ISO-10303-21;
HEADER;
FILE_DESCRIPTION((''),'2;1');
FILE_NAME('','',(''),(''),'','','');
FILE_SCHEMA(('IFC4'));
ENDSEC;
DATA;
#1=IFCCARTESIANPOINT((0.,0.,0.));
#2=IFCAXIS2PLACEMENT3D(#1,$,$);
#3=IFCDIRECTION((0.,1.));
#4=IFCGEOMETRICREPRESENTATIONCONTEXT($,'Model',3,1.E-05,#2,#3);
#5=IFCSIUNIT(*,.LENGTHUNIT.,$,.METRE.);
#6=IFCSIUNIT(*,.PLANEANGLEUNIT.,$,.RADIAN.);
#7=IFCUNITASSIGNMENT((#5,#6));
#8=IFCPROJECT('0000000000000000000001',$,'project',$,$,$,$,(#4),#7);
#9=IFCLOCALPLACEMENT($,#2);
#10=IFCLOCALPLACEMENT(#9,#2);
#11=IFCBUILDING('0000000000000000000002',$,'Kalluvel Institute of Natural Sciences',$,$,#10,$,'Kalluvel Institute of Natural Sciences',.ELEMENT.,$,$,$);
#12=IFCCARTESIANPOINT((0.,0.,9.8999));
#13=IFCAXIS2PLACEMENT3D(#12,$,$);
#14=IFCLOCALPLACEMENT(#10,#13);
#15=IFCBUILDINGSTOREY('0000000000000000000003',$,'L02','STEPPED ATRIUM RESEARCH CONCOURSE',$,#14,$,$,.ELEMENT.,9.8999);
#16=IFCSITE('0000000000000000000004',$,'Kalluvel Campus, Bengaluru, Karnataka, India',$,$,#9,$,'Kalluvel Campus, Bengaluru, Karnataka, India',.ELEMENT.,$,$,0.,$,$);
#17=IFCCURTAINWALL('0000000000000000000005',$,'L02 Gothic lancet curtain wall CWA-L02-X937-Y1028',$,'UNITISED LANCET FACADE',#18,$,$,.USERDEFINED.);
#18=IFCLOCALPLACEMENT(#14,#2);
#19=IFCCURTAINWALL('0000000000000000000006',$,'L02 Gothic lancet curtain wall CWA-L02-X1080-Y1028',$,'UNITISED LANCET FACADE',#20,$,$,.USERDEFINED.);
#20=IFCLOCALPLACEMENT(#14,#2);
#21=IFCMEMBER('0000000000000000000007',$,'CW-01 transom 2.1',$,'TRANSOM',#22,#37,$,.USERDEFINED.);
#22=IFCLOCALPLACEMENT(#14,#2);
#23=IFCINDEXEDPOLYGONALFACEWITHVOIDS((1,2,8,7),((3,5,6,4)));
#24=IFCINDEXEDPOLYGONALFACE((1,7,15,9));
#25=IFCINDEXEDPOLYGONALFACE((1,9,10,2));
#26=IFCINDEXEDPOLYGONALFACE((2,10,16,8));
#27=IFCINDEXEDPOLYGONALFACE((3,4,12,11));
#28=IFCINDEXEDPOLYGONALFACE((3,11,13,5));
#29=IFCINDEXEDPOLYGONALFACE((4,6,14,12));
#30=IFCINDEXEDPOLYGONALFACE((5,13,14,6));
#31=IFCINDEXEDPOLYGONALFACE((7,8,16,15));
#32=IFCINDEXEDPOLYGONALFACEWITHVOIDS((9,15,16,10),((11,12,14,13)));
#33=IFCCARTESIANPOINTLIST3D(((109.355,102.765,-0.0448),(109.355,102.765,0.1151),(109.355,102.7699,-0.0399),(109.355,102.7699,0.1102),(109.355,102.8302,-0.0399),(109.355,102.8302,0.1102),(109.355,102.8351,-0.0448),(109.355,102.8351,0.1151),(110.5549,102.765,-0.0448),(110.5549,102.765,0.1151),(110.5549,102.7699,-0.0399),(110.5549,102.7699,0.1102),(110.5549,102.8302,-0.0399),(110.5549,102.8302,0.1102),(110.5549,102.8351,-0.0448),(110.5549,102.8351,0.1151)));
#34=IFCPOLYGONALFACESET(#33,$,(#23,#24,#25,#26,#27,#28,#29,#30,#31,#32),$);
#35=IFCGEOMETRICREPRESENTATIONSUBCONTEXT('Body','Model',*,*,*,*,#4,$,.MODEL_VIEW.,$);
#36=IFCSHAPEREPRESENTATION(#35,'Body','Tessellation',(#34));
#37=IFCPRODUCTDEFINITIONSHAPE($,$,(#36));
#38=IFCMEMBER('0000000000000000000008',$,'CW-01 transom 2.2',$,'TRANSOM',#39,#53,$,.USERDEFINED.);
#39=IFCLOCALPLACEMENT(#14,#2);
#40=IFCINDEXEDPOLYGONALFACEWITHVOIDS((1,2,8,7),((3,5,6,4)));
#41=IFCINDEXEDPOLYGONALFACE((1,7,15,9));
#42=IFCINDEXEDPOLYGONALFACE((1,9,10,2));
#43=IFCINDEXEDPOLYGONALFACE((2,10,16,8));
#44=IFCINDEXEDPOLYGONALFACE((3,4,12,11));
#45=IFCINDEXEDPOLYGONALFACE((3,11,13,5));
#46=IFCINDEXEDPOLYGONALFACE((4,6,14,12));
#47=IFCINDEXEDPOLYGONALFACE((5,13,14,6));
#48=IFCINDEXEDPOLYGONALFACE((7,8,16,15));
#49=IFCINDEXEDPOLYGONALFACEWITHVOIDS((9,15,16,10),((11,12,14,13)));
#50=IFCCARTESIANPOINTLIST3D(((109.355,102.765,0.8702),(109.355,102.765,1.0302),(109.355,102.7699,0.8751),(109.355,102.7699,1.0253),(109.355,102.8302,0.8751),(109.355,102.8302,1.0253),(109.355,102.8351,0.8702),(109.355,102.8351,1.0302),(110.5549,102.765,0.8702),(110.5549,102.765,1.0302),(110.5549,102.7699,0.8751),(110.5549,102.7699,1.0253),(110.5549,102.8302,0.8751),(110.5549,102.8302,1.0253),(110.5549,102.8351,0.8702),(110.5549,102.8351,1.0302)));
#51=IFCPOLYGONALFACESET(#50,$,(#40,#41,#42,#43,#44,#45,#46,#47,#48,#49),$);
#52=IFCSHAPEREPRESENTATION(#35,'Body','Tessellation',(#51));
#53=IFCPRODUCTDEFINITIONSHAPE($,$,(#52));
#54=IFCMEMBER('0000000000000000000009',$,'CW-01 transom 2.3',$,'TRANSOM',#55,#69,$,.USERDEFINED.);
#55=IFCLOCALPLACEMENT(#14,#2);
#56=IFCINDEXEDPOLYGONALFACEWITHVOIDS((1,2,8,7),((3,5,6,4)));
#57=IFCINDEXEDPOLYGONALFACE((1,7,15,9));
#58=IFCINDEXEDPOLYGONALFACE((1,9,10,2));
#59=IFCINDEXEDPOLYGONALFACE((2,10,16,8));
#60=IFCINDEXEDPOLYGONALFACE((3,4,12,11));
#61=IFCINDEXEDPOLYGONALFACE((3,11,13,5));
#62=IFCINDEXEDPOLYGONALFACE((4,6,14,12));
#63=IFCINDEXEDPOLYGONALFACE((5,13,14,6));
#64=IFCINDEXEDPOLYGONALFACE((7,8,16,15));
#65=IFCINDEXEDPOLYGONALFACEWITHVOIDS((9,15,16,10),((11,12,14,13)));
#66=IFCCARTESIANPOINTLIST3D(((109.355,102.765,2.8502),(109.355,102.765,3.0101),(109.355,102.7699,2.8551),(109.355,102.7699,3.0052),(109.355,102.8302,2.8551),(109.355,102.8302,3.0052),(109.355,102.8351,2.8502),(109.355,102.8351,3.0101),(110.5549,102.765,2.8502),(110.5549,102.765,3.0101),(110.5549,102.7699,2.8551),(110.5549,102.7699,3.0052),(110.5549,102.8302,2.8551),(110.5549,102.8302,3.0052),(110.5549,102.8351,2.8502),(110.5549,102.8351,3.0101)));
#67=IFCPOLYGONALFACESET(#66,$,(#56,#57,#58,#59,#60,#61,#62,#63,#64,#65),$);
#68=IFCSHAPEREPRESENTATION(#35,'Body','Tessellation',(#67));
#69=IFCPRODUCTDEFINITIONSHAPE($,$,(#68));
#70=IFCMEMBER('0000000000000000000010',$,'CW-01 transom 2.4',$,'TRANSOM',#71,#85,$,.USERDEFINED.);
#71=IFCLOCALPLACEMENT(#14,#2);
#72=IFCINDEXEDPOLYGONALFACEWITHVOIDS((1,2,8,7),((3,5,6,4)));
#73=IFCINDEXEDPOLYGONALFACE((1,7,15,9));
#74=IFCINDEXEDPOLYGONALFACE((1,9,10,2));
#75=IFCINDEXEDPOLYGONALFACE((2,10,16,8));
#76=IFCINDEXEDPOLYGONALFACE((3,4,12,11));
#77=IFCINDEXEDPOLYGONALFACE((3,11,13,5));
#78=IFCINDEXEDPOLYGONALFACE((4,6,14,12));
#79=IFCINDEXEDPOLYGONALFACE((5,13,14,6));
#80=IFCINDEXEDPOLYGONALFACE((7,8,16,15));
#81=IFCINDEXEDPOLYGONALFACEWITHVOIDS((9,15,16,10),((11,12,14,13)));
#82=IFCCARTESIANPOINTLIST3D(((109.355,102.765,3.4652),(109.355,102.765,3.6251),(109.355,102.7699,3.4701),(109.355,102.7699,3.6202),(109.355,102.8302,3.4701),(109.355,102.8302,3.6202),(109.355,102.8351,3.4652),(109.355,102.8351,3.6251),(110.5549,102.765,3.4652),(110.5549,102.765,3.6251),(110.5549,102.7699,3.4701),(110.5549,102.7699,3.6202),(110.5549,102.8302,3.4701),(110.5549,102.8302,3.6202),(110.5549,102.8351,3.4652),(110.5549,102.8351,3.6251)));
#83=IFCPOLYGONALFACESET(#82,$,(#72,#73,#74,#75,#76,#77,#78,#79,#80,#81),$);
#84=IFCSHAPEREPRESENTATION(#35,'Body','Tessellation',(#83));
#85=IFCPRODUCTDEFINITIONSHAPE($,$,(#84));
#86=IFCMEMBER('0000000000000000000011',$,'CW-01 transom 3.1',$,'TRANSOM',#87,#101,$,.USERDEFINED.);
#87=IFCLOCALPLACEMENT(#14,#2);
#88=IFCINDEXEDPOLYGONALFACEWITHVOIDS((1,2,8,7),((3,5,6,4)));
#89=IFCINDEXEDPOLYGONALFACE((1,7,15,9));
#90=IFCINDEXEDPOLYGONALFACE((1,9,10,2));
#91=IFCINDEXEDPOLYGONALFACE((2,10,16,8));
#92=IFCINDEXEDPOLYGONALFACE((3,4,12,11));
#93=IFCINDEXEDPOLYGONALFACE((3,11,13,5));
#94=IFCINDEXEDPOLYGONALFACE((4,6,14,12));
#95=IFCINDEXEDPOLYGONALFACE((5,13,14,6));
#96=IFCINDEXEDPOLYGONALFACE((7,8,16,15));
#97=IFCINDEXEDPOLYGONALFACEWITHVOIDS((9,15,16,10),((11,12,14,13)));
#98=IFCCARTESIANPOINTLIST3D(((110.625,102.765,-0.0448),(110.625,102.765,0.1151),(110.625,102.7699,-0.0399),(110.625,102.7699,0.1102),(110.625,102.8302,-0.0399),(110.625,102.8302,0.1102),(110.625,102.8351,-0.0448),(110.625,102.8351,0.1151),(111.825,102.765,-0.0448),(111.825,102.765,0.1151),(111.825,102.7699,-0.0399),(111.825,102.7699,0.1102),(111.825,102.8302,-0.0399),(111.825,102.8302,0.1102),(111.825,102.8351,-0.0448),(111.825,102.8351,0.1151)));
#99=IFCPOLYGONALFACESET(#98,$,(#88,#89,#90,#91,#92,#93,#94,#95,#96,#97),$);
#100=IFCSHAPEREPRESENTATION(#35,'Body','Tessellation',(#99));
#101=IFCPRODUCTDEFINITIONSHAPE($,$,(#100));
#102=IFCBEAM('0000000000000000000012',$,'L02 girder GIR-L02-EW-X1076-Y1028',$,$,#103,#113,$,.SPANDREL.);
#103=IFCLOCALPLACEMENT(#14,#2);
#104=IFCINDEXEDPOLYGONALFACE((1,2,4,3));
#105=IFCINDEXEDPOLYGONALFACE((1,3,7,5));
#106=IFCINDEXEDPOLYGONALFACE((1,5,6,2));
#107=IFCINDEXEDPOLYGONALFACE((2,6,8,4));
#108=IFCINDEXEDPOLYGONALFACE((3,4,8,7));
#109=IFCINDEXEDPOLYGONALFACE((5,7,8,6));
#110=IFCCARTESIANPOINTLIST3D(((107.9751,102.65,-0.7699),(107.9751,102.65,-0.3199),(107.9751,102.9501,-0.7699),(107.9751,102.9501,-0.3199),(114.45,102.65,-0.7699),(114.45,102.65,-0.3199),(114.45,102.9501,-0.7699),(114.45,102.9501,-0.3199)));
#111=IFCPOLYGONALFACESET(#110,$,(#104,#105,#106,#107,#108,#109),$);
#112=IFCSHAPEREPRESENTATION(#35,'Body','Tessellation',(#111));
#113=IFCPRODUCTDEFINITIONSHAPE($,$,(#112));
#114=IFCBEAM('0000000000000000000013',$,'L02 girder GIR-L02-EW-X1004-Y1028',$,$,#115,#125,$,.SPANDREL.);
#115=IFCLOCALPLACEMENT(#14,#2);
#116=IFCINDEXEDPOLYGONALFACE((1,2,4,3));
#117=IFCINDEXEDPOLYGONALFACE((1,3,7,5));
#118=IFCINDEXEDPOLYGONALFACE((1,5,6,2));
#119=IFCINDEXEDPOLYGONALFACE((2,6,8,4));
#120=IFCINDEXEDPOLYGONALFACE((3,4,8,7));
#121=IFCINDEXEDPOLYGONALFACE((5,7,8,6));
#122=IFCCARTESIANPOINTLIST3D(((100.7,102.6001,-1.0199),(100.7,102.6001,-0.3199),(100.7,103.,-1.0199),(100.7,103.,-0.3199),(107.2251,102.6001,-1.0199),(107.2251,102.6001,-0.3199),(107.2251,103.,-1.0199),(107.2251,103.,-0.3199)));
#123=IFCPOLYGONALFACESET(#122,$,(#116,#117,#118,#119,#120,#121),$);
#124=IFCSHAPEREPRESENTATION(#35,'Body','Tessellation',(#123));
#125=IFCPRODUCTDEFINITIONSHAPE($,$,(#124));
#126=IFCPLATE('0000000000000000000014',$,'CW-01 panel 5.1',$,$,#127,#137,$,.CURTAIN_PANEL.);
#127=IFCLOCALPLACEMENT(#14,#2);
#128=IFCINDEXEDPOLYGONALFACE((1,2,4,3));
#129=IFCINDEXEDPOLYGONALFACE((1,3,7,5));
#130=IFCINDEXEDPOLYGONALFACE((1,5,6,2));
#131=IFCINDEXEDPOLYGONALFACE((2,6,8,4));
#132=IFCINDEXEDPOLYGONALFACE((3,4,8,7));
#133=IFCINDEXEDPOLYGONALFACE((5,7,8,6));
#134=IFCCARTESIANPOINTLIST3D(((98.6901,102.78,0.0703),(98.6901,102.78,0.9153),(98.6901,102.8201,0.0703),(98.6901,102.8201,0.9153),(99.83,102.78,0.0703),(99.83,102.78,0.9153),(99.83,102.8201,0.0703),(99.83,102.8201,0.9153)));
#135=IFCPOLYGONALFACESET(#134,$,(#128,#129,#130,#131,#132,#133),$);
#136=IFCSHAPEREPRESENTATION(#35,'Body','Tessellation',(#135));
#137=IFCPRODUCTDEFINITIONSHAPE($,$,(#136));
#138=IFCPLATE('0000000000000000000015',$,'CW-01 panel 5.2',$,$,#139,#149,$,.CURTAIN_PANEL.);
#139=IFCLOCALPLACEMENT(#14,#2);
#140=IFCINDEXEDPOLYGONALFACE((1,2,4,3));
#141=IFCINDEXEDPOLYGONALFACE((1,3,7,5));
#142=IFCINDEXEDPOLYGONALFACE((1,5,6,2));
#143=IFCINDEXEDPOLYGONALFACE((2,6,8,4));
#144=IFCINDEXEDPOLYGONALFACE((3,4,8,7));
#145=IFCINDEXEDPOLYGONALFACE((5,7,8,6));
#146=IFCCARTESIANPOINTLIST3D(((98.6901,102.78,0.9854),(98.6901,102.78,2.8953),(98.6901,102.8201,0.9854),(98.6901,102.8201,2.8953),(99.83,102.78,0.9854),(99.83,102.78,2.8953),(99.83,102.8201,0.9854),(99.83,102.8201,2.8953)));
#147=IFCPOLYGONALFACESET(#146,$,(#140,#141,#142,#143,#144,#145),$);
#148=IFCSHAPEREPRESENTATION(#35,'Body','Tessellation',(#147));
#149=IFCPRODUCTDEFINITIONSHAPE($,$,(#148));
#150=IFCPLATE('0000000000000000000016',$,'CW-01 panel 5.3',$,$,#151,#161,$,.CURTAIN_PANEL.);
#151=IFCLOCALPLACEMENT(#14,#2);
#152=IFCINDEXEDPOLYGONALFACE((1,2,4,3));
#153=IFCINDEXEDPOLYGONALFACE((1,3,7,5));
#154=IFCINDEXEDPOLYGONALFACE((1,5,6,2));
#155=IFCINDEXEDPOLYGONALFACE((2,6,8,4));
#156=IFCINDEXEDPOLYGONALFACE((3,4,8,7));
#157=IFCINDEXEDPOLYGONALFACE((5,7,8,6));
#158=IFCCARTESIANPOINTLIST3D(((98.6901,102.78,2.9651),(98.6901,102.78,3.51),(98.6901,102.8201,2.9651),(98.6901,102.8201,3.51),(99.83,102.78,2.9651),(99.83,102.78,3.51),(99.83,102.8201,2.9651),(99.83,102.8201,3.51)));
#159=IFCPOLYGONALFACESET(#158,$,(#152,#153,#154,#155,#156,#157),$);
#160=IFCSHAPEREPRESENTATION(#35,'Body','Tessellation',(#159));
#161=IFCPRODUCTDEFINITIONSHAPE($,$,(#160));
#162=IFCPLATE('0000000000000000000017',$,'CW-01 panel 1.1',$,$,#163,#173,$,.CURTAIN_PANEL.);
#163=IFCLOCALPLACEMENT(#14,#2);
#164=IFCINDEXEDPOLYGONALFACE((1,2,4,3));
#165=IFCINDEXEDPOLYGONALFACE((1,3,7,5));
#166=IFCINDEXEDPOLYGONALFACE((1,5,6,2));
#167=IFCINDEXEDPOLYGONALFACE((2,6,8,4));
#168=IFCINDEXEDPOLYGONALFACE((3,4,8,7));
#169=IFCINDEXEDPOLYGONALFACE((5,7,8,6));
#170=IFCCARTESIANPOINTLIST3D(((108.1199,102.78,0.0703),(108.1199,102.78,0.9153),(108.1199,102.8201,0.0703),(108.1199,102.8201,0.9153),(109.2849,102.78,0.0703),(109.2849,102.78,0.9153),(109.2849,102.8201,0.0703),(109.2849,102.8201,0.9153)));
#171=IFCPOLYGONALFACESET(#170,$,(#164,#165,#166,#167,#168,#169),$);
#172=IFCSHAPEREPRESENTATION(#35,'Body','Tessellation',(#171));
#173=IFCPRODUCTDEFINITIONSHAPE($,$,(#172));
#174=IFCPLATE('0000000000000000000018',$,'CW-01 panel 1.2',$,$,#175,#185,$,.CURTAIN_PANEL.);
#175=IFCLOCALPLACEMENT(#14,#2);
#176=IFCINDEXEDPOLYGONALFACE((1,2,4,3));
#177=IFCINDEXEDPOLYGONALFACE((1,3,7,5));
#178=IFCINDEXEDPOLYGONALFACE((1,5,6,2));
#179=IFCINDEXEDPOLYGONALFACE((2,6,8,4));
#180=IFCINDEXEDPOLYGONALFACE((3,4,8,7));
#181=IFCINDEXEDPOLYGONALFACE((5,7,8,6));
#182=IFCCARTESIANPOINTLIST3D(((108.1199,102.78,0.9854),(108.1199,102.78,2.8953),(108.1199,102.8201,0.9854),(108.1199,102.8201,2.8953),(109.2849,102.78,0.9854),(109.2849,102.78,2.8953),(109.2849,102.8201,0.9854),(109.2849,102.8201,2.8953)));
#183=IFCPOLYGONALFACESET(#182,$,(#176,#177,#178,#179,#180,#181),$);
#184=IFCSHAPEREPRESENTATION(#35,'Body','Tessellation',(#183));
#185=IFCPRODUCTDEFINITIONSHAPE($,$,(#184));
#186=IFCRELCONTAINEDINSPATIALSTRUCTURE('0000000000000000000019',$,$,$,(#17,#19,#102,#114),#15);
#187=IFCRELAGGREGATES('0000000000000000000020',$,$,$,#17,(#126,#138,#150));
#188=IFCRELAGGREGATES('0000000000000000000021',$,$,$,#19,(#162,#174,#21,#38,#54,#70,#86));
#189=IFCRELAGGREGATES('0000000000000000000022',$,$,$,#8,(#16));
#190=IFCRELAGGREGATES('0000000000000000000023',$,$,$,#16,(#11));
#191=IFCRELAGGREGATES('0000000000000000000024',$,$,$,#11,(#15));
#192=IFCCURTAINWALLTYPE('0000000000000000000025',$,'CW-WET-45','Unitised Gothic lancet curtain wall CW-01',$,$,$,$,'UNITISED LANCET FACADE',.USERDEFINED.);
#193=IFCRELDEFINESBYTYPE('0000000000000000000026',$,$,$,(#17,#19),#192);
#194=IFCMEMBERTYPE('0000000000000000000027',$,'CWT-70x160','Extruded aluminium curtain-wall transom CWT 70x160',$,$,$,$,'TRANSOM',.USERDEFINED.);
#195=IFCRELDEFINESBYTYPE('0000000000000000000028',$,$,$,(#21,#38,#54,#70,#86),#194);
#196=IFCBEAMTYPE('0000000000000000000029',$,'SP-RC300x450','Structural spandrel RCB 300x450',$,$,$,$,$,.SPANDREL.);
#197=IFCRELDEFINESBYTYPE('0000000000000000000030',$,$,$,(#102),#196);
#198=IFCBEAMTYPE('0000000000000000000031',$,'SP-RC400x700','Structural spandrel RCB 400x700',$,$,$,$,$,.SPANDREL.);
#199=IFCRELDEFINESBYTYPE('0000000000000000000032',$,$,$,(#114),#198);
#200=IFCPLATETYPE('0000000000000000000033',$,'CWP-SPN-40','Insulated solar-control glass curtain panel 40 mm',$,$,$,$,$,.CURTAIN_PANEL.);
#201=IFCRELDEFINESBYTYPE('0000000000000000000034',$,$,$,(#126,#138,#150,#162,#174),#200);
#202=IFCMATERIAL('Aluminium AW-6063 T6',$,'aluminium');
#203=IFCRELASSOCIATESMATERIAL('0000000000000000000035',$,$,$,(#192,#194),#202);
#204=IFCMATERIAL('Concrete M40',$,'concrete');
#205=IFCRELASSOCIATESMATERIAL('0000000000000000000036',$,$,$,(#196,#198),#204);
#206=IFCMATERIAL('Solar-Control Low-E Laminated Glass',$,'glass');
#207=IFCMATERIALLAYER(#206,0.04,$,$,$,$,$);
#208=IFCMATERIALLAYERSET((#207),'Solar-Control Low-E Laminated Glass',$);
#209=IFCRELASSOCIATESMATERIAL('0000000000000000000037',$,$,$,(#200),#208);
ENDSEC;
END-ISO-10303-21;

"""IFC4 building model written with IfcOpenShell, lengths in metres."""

from ifc_helpers import new_model, si_unit, direction, frame, origin, origin_2d, place, context, subcontext, project, spatial, rectangle, hollow_rectangle, extrude, material, layer, layer_set, material_profile, profile_set, type_object, element, aggregate, save


model = new_model("IFC4")

# Units and contexts
model_context = context("Model", 3, precision=1e-05, world=origin(), true_north=direction((0.0, 1.0)))
body_context = subcontext(model_context, "Body", "Model", "MODEL_VIEW")
ifc_project = project(units=[si_unit("LENGTHUNIT", "METRE"), si_unit("PLANEANGLEUNIT", "RADIAN")], contexts=[model_context])

# Site, building, storey
site_placement = place(None, origin())
site = spatial("IfcSite", under=ifc_project, at=site_placement, Name="Kalluvel Campus, Bengaluru, Karnataka, India", LongName="Kalluvel Campus, Bengaluru, Karnataka, India", CompositionType="ELEMENT", RefElevation=0.0)
building_placement = place(site_placement, origin())
building = spatial("IfcBuilding", under=site, at=building_placement, Name="Kalluvel Institute of Natural Sciences", LongName="Kalluvel Institute of Natural Sciences", CompositionType="ELEMENT")
storey_placement = place(building_placement, frame((0.0, 0.0, 9.8999)))
storey = spatial("IfcBuildingStorey", under=building, at=storey_placement, Name="L02", Description="STEPPED ATRIUM RESEARCH CONCOURSE", CompositionType="ELEMENT", Elevation=9.8999)

# Curtain wall
ifc_material_1 = material(Name="Aluminium AW-6063 T6", Category="aluminium")
curtain_wall_type = type_object("IfcCurtainWallType", Name="CW-WET-45", Description="Unitised Gothic lancet curtain wall CW-01", ElementType="UNITISED LANCET FACADE", PredefinedType="USERDEFINED", material=ifc_material_1)
curtain_wall_1_placement = place(storey_placement, origin())
curtain_wall_1 = element("IfcCurtainWall", 1, at=curtain_wall_1_placement, inside=storey, type_object=curtain_wall_type, Name="L02 Gothic lancet curtain wall CWA-L02-X937-Y1028", ObjectType="UNITISED LANCET FACADE", PredefinedType="USERDEFINED")

# Curtain wall
curtain_wall_2_placement = place(storey_placement, origin())
curtain_wall_2 = element("IfcCurtainWall", 2, at=curtain_wall_2_placement, inside=storey, type_object=curtain_wall_type, Name="L02 Gothic lancet curtain wall CWA-L02-X1080-Y1028", ObjectType="UNITISED LANCET FACADE", PredefinedType="USERDEFINED")

# Members
ifc_material_profile_1 = material_profile(ifc_material_1, hollow_rectangle(XDim=0.0701, YDim=0.1599, WallThickness=0.0049, at=origin_2d()), Name="CWT 70x160")
ifc_profile_set_1 = profile_set([ifc_material_profile_1], Name="Aluminium AW-6063 T6")
member_type_1 = type_object("IfcMemberType", Name="CWT-70x160", Description="Extruded aluminium curtain-wall transom CWT 70x160", ElementType="TRANSOM", PredefinedType="USERDEFINED", material=ifc_profile_set_1)
member_1_placement = place(storey_placement, frame((109.355, 102.8, 0.0352), z_axis=(1.0, 0.0, 0.0), x_axis=(0.0, 1.0, 0.0)))
member_1 = element("IfcMember", 3, at=member_1_placement, type_object=member_type_1, Name="CW-01 transom 2.1", ObjectType="TRANSOM", PredefinedType="USERDEFINED", context=body_context, shape_type="SweptSolid", body=[
    extrude(hollow_rectangle(XDim=0.0701, YDim=0.1599, WallThickness=0.0049, at=origin_2d()), origin(), (0.0, 0.0, 1.0), 1.2),
])
member_2_placement = place(storey_placement, frame((109.355, 102.8, 0.9502), z_axis=(1.0, 0.0, 0.0), x_axis=(0.0, 1.0, 0.0)))
member_2 = element("IfcMember", 4, at=member_2_placement, type_object=member_type_1, Name="CW-01 transom 2.2", ObjectType="TRANSOM", PredefinedType="USERDEFINED", context=body_context, shape_type="SweptSolid", body=[
    extrude(hollow_rectangle(XDim=0.0701, YDim=0.1599, WallThickness=0.0049, at=origin_2d()), origin(), (0.0, 0.0, 1.0), 1.2),
])
member_3_placement = place(storey_placement, frame((109.355, 102.8, 2.9302), z_axis=(1.0, 0.0, 0.0), x_axis=(0.0, 1.0, 0.0)))
member_3 = element("IfcMember", 5, at=member_3_placement, type_object=member_type_1, Name="CW-01 transom 2.3", ObjectType="TRANSOM", PredefinedType="USERDEFINED", context=body_context, shape_type="SweptSolid", body=[
    extrude(hollow_rectangle(XDim=0.0701, YDim=0.1599, WallThickness=0.0049, at=origin_2d()), origin(), (0.0, 0.0, 1.0), 1.2),
])
member_4_placement = place(storey_placement, frame((109.355, 102.8, 3.5452), z_axis=(1.0, 0.0, 0.0), x_axis=(0.0, 1.0, 0.0)))
member_4 = element("IfcMember", 6, at=member_4_placement, type_object=member_type_1, Name="CW-01 transom 2.4", ObjectType="TRANSOM", PredefinedType="USERDEFINED", context=body_context, shape_type="SweptSolid", body=[
    extrude(hollow_rectangle(XDim=0.0701, YDim=0.1599, WallThickness=0.0049, at=origin_2d()), origin(), (0.0, 0.0, 1.0), 1.2),
])
member_5_placement = place(storey_placement, frame((110.625, 102.8, 0.0352), z_axis=(1.0, 0.0, 0.0), x_axis=(0.0, 1.0, 0.0)))
member_5 = element("IfcMember", 7, at=member_5_placement, type_object=member_type_1, Name="CW-01 transom 3.1", ObjectType="TRANSOM", PredefinedType="USERDEFINED", context=body_context, shape_type="SweptSolid", body=[
    extrude(hollow_rectangle(XDim=0.0701, YDim=0.1599, WallThickness=0.0049, at=origin_2d()), origin(), (0.0, 0.0, 1.0), 1.2),
])

# Beams
ifc_material_2 = material(Name="Concrete M40", Category="concrete")
ifc_material_profile_2 = material_profile(ifc_material_2, rectangle(XDim=0.3, YDim=0.45, at=origin_2d()), Name="RCB 300x450")
ifc_profile_set_2 = profile_set([ifc_material_profile_2], Name="Concrete M40")
beam_type_1 = type_object("IfcBeamType", Name="SP-RC300x450", Description="Structural spandrel RCB 300x450", PredefinedType="SPANDREL", material=ifc_profile_set_2)
beam_1_placement = place(storey_placement, frame((107.9751, 102.8, -0.5449), z_axis=(1.0, 0.0, 0.0), x_axis=(0.0, 1.0, 0.0)))
element("IfcBeam", 8, at=beam_1_placement, inside=storey, type_object=beam_type_1, Name="L02 girder GIR-L02-EW-X1076-Y1028", PredefinedType="SPANDREL", context=body_context, shape_type="SweptSolid", body=[
    extrude(rectangle(XDim=0.3, YDim=0.45, at=origin_2d()), origin(), (0.0, 0.0, 1.0), 6.4749),
])
ifc_material_profile_3 = material_profile(ifc_material_2, rectangle(XDim=0.3999, YDim=0.7, at=origin_2d()), Name="RCB 400x700")
ifc_profile_set_3 = profile_set([ifc_material_profile_3], Name="Concrete M40")
beam_type_2 = type_object("IfcBeamType", Name="SP-RC400x700", Description="Structural spandrel RCB 400x700", PredefinedType="SPANDREL", material=ifc_profile_set_3)
beam_2_placement = place(storey_placement, frame((100.7, 102.8, -0.6699), z_axis=(1.0, 0.0, 0.0), x_axis=(0.0, 1.0, 0.0)))
element("IfcBeam", 9, at=beam_2_placement, inside=storey, type_object=beam_type_2, Name="L02 girder GIR-L02-EW-X1004-Y1028", PredefinedType="SPANDREL", context=body_context, shape_type="SweptSolid", body=[
    extrude(rectangle(XDim=0.3999, YDim=0.7, at=origin_2d()), origin(), (0.0, 0.0, 1.0), 6.5251),
])

# Plates
ifc_material_3 = material(Name="Solar-Control Low-E Laminated Glass", Category="glass")
ifc_layer_1 = layer(ifc_material_3, 0.04)
ifc_layer_set_1 = layer_set([ifc_layer_1], Name="Solar-Control Low-E Laminated Glass")
plate_type = type_object("IfcPlateType", Name="CWP-SPN-40", Description="Insulated solar-control glass curtain panel 40 mm", PredefinedType="CURTAIN_PANEL", material=ifc_layer_set_1)
plate_1_placement = place(storey_placement, frame((99.26, 102.8, 0.0703), z_axis=(0.0, 0.0, 1.0), x_axis=(1.0, 0.0, 0.0)))
plate_1 = element("IfcPlate", 10, at=plate_1_placement, type_object=plate_type, Name="CW-01 panel 5.1", PredefinedType="CURTAIN_PANEL", context=body_context, shape_type="SweptSolid", body=[
    extrude(rectangle(XDim=1.1399, YDim=0.04, at=origin_2d()), origin(), (0.0, 0.0, 1.0), 0.845),
])
plate_2_placement = place(storey_placement, frame((99.26, 102.8, 0.9854), z_axis=(0.0, 0.0, 1.0), x_axis=(1.0, 0.0, 0.0)))
plate_2 = element("IfcPlate", 11, at=plate_2_placement, type_object=plate_type, Name="CW-01 panel 5.2", PredefinedType="CURTAIN_PANEL", context=body_context, shape_type="SweptSolid", body=[
    extrude(rectangle(XDim=1.1399, YDim=0.04, at=origin_2d()), origin(), (0.0, 0.0, 1.0), 1.9099),
])
plate_3_placement = place(storey_placement, frame((99.26, 102.8, 2.9651), z_axis=(0.0, 0.0, 1.0), x_axis=(1.0, 0.0, 0.0)))
plate_3 = element("IfcPlate", 12, at=plate_3_placement, type_object=plate_type, Name="CW-01 panel 5.3", PredefinedType="CURTAIN_PANEL", context=body_context, shape_type="SweptSolid", body=[
    extrude(rectangle(XDim=1.1399, YDim=0.04, at=origin_2d()), origin(), (0.0, 0.0, 1.0), 0.5449),
])
aggregate(curtain_wall_1, [plate_1, plate_2, plate_3])
plate_4_placement = place(storey_placement, frame((108.7024, 102.8, 0.0703), z_axis=(0.0, 0.0, 1.0), x_axis=(1.0, 0.0, 0.0)))
plate_4 = element("IfcPlate", 13, at=plate_4_placement, type_object=plate_type, Name="CW-01 panel 1.1", PredefinedType="CURTAIN_PANEL", context=body_context, shape_type="SweptSolid", body=[
    extrude(rectangle(XDim=1.165, YDim=0.04, at=origin_2d()), origin(), (0.0, 0.0, 1.0), 0.845),
])
plate_5_placement = place(storey_placement, frame((108.7024, 102.8, 0.9854), z_axis=(0.0, 0.0, 1.0), x_axis=(1.0, 0.0, 0.0)))
plate_5 = element("IfcPlate", 14, at=plate_5_placement, type_object=plate_type, Name="CW-01 panel 1.2", PredefinedType="CURTAIN_PANEL", context=body_context, shape_type="SweptSolid", body=[
    extrude(rectangle(XDim=1.165, YDim=0.04, at=origin_2d()), origin(), (0.0, 0.0, 1.0), 1.9099),
])
aggregate(curtain_wall_2, [plate_4, plate_5, member_1, member_2, member_3, member_4, member_5])

save(model, "model.ifc")
